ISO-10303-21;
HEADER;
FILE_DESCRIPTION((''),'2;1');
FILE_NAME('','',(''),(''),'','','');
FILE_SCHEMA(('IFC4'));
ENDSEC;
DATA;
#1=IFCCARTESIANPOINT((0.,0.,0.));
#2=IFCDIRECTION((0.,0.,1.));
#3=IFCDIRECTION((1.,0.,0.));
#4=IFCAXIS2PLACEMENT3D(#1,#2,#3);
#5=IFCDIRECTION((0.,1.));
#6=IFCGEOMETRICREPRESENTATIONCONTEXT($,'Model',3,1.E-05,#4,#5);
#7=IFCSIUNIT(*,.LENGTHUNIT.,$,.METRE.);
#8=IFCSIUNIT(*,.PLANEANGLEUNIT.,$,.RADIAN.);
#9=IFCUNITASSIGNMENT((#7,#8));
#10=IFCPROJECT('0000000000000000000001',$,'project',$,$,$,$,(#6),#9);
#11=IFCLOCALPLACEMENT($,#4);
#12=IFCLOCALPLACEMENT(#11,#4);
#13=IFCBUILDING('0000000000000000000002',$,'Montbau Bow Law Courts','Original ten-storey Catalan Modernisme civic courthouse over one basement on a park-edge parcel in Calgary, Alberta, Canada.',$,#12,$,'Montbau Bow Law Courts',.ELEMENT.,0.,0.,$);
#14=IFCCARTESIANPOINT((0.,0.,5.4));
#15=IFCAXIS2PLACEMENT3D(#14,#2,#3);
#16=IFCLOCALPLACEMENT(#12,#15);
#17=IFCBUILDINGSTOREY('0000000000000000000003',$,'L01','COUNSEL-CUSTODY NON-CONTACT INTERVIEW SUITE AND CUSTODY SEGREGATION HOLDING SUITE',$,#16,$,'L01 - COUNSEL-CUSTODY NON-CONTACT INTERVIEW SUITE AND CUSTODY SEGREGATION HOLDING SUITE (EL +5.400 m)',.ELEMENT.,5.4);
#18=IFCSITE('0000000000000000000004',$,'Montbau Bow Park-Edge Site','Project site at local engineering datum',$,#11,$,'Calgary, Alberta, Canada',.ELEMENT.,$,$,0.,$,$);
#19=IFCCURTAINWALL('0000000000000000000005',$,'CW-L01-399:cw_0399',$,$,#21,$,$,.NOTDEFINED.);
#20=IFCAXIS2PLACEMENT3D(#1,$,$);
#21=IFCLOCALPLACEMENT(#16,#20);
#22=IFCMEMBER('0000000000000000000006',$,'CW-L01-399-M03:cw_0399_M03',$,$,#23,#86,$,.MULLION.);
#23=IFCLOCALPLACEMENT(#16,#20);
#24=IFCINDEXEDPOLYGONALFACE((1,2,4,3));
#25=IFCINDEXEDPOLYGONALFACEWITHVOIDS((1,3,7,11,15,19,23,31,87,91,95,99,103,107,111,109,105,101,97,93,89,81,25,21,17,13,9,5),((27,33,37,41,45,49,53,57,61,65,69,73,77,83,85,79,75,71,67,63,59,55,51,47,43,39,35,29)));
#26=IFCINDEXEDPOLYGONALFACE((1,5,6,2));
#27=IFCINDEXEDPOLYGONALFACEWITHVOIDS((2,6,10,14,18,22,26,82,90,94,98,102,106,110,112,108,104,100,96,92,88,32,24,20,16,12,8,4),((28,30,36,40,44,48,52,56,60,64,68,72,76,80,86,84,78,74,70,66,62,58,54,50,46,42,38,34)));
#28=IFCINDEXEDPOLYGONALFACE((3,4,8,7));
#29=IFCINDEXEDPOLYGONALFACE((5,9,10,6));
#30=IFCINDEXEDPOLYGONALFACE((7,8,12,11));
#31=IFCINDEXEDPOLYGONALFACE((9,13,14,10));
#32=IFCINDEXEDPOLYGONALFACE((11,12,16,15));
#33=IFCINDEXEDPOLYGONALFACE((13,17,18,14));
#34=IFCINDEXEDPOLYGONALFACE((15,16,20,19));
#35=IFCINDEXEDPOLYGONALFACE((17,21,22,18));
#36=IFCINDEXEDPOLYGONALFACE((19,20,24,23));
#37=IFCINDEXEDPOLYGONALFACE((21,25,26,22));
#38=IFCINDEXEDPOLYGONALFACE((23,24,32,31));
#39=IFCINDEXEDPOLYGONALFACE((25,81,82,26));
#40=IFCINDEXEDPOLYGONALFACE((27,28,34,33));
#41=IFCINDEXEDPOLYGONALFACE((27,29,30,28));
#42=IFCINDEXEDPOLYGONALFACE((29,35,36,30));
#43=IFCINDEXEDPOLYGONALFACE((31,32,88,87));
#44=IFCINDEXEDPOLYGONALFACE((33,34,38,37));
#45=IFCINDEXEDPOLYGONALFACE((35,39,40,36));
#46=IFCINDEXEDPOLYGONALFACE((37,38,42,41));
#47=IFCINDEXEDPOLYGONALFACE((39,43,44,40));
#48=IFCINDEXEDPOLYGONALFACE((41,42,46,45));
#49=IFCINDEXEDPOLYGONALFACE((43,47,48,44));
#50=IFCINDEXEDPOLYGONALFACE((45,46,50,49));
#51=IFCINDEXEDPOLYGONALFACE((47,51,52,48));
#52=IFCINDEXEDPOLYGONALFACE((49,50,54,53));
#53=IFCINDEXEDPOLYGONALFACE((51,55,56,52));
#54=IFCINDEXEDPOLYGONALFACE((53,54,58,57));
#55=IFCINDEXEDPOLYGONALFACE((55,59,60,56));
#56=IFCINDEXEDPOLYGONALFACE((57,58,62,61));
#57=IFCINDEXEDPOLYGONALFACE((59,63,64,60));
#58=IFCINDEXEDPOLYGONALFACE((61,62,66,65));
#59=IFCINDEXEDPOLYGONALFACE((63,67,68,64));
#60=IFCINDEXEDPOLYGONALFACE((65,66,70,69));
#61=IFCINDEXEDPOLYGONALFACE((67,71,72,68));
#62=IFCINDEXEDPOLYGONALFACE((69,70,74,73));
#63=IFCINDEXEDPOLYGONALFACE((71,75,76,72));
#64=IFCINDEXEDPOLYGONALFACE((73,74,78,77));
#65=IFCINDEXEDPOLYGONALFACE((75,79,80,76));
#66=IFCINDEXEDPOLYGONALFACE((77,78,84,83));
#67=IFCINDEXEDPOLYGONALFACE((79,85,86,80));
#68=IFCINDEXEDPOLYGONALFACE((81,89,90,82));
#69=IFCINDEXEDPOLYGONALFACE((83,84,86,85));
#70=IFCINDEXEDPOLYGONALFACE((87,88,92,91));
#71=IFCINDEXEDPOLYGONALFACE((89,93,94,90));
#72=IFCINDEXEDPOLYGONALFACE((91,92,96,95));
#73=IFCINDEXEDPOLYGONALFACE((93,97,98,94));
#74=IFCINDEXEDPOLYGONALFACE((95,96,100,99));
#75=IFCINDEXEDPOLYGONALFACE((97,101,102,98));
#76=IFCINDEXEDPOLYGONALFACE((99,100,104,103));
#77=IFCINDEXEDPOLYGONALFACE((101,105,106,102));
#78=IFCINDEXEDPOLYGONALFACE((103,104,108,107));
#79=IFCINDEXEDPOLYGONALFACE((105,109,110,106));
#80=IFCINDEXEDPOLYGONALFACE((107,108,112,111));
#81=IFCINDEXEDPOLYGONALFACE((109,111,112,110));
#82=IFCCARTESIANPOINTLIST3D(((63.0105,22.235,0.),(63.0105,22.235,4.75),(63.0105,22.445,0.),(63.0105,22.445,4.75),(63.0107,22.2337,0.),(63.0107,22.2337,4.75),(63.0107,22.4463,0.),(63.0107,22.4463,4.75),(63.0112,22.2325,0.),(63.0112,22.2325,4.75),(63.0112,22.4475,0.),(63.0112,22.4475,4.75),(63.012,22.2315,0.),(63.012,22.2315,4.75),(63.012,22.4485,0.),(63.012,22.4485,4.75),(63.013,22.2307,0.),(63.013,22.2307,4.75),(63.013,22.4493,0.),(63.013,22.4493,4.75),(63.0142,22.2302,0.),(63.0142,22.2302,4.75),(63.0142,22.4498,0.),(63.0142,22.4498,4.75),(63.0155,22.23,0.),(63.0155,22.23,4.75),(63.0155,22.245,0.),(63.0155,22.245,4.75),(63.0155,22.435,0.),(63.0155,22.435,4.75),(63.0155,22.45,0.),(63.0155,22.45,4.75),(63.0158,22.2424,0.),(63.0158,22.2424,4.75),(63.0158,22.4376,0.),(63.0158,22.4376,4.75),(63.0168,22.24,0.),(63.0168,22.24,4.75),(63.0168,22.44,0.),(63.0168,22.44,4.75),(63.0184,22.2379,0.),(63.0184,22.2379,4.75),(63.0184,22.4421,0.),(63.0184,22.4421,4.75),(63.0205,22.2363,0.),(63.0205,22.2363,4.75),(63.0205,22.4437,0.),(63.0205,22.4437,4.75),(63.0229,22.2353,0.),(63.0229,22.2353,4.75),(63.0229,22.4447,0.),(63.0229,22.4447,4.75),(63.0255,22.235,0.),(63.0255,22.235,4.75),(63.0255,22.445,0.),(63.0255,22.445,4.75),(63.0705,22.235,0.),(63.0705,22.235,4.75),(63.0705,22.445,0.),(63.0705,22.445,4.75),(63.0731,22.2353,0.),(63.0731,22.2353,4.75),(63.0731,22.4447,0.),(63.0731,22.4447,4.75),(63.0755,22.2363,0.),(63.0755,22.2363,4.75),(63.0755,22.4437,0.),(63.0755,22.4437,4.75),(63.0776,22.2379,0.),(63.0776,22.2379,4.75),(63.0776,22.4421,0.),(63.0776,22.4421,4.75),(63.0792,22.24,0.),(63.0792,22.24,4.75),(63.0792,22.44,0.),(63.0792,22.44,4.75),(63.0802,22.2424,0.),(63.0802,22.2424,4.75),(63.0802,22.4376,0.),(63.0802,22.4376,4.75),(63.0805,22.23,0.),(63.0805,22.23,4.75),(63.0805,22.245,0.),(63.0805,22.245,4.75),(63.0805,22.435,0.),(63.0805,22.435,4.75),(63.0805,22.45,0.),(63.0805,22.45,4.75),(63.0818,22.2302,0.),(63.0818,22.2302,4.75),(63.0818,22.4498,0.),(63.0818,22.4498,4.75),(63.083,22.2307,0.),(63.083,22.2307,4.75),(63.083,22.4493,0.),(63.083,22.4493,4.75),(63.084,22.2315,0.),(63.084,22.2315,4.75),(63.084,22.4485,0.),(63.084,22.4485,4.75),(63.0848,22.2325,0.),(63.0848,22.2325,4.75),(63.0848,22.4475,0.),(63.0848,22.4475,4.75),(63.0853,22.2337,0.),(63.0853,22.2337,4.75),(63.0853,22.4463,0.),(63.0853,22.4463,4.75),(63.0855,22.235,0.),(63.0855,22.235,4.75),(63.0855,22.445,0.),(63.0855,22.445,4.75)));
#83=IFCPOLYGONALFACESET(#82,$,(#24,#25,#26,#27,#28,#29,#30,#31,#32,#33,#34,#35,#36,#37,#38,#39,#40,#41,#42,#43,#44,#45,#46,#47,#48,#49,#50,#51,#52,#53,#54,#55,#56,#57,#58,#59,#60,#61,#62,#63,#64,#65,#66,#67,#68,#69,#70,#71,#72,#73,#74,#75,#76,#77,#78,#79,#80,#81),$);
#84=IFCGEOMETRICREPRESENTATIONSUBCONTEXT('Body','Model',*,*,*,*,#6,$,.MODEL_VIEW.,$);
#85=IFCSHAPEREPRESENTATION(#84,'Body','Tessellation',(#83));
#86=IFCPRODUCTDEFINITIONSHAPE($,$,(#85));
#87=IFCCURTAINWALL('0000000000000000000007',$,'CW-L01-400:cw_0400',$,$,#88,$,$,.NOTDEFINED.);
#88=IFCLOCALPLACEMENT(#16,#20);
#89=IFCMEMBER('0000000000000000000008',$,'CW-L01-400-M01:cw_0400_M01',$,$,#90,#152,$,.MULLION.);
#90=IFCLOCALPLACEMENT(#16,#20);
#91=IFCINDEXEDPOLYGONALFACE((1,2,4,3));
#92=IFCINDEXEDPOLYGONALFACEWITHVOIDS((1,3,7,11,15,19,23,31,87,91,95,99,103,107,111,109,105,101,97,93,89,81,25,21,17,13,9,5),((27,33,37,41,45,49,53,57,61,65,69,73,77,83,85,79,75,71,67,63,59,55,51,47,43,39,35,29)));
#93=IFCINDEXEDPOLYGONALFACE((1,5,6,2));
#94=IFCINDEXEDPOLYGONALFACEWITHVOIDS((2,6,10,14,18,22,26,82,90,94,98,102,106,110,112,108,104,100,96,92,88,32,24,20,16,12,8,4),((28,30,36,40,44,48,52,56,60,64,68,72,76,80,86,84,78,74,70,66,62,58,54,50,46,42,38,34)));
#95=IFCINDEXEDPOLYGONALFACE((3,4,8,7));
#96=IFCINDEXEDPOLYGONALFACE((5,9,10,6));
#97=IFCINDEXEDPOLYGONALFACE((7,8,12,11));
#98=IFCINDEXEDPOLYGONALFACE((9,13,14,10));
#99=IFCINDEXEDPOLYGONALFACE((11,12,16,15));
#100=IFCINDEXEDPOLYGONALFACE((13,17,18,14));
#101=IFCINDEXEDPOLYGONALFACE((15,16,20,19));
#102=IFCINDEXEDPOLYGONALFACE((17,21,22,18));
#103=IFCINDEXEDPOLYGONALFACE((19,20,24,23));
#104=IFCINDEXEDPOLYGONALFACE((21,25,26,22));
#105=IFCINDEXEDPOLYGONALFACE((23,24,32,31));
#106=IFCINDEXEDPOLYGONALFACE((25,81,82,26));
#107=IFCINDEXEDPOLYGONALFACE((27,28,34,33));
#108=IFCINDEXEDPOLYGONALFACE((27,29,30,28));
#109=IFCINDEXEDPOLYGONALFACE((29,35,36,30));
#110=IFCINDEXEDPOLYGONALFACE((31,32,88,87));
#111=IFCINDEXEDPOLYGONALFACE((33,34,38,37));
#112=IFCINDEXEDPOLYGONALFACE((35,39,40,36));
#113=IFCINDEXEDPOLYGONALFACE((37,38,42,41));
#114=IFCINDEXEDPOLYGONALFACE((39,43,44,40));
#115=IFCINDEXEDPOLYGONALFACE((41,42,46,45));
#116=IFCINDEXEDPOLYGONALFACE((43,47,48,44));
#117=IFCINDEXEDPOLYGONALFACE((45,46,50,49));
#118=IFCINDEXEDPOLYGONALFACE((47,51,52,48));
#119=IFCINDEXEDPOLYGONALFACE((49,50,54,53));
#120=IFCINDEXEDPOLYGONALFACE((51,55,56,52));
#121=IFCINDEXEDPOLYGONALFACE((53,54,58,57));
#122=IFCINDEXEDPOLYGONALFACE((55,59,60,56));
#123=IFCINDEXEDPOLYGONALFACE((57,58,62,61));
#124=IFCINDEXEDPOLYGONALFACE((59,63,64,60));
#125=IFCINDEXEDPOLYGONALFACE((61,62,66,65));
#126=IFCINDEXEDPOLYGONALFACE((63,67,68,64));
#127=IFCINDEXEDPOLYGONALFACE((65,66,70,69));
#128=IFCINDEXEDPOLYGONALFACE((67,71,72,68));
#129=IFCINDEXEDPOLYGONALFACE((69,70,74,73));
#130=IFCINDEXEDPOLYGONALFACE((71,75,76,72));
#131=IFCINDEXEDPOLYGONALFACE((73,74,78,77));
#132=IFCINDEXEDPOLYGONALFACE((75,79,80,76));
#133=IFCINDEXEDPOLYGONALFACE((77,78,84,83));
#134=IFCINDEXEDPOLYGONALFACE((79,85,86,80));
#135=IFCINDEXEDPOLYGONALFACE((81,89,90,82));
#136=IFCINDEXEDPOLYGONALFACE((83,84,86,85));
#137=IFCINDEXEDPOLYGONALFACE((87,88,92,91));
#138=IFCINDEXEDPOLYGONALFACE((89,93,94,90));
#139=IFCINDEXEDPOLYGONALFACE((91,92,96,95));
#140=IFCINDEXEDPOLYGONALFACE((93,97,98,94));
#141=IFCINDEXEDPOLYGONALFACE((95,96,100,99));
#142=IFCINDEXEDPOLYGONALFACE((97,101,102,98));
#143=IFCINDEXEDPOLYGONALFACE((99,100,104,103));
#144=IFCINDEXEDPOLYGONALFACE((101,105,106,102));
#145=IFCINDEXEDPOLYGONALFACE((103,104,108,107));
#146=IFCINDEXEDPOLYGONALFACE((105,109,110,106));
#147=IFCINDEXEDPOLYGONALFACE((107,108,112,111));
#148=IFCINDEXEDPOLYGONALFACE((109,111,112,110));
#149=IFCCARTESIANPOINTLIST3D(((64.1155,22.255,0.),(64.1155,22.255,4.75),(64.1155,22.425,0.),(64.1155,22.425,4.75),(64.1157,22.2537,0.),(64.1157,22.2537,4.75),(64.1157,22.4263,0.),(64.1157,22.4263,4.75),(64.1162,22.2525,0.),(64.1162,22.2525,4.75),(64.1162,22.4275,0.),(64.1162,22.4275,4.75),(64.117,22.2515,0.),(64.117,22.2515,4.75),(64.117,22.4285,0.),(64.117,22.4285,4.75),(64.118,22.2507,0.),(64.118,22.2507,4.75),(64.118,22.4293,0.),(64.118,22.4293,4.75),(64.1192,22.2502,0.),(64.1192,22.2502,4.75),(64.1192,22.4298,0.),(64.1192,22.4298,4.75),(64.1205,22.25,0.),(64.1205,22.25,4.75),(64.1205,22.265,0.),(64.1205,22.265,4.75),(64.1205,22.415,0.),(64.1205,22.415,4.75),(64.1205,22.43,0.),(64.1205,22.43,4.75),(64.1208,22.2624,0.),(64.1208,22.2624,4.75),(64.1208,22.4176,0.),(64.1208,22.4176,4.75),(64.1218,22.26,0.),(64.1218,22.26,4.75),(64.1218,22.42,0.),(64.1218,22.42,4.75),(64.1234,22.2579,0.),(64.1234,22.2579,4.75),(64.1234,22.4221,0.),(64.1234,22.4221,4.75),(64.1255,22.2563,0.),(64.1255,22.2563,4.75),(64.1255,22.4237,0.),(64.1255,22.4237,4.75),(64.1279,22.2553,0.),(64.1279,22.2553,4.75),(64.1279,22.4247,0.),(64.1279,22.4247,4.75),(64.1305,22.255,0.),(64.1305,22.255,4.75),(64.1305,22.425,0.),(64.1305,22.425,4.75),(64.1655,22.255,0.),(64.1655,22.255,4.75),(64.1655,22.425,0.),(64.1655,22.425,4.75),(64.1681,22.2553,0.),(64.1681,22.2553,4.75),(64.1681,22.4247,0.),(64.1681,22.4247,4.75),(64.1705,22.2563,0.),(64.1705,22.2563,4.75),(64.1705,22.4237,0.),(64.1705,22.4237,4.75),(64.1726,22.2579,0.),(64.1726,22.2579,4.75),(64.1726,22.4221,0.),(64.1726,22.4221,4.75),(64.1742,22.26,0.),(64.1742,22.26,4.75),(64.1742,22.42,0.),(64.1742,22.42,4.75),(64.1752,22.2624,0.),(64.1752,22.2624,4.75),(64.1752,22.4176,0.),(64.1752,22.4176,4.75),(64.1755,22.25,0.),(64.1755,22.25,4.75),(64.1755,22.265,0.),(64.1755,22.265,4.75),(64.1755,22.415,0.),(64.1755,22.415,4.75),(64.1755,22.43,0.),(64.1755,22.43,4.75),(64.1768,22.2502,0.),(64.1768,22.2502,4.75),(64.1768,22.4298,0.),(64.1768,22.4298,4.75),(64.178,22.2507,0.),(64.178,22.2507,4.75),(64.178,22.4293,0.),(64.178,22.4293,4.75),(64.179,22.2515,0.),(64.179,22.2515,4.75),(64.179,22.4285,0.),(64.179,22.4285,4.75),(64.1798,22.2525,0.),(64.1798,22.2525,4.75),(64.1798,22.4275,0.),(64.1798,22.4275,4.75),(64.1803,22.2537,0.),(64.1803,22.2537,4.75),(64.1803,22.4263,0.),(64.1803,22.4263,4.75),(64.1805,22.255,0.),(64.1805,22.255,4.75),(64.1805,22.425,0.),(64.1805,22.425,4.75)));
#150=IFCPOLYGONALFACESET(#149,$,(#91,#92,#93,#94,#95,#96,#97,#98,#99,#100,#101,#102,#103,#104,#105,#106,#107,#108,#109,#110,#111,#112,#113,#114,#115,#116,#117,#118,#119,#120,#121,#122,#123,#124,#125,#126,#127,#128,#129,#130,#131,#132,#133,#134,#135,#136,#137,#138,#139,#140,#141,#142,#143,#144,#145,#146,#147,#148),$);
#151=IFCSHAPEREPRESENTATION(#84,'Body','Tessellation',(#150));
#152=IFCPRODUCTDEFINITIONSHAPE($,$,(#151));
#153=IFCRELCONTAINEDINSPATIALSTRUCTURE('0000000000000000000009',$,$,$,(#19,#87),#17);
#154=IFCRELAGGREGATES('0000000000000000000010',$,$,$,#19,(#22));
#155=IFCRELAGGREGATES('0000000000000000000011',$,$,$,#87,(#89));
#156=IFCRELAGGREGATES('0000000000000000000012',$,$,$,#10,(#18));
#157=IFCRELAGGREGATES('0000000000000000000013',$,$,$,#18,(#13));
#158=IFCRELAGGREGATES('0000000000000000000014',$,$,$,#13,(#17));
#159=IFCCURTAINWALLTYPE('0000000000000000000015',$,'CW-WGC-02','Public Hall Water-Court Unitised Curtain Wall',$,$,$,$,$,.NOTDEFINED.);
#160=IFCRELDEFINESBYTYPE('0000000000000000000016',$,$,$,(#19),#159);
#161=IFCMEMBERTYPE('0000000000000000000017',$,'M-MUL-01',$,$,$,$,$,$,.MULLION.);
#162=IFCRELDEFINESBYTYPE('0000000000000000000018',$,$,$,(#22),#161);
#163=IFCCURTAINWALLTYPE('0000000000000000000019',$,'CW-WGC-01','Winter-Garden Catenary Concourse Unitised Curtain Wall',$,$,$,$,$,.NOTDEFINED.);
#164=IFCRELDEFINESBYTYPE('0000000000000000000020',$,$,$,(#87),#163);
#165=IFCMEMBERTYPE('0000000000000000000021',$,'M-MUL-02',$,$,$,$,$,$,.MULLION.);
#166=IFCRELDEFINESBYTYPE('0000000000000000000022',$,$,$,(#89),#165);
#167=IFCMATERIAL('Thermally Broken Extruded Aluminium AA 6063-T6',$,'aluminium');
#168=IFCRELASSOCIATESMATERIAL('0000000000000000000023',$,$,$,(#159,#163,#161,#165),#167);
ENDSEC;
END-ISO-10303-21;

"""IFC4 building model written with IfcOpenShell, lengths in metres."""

from ifc_helpers import new_model, si_unit, direction, frame, origin_with_axes, origin_2d_with_axis, place, context, subcontext, project, spatial, hollow_rectangle, extrude, material, material_profile, profile_set, type_object, element, aggregate, save


model = new_model("IFC4")

# Units and contexts
model_context = context("Model", 3, precision=1e-05, world=origin_with_axes(), true_north=direction((0.0, 1.0)))
body_context = subcontext(model_context, "Body", "Model", "MODEL_VIEW")
ifc_project = project(units=[si_unit("LENGTHUNIT", "METRE"), si_unit("PLANEANGLEUNIT", "RADIAN")], contexts=[model_context])

# Site, building, storey
site_placement = place(None, origin_with_axes())
site = spatial("IfcSite", under=ifc_project, at=site_placement, Name="Montbau Bow Park-Edge Site", Description="Project site at local engineering datum", LongName="Calgary, Alberta, Canada", CompositionType="ELEMENT", RefElevation=0.0)
building_placement = place(site_placement, origin_with_axes())
building = spatial("IfcBuilding", under=site, at=building_placement, Name="Montbau Bow Law Courts", Description="Original ten-storey Catalan Modernisme civic courthouse over one basement on a park-edge parcel in Calgary, Alberta, Canada.", LongName="Montbau Bow Law Courts", CompositionType="ELEMENT", ElevationOfRefHeight=0.0, ElevationOfTerrain=0.0)
storey_placement = place(building_placement, frame((0.0, 0.0, 5.4), z_axis=(0.0, 0.0, 1.0), x_axis=(1.0, 0.0, 0.0)))
storey = spatial("IfcBuildingStorey", under=building, at=storey_placement, Name="L01", Description="COUNSEL-CUSTODY NON-CONTACT INTERVIEW SUITE AND CUSTODY SEGREGATION HOLDING SUITE", LongName="L01 - COUNSEL-CUSTODY NON-CONTACT INTERVIEW SUITE AND CUSTODY SEGREGATION HOLDING SUITE (EL +5.400 m)", CompositionType="ELEMENT", Elevation=5.4)

# Curtain walls, members
ifc_material_1 = material(Name="Thermally Broken Extruded Aluminium AA 6063-T6", Category="aluminium")
curtain_wall_type_1 = type_object("IfcCurtainWallType", Name="CW-WGC-02", Description="Public Hall Water-Court Unitised Curtain Wall", PredefinedType="NOTDEFINED", material=ifc_material_1)
curtain_wall_1_placement = place(None, frame((59.79, 22.34, 5.4), z_axis=(0.0, 0.0, 1.0), x_axis=(1.0, 0.0, 0.0)))
curtain_wall_1 = element("IfcCurtainWall", 1, at=curtain_wall_1_placement, inside=storey, type_object=curtain_wall_type_1, Name="CW-L01-399:cw_0399", PredefinedType="NOTDEFINED")
ifc_material_profile_1 = material_profile(ifc_material_1, hollow_rectangle(XDim=0.075, YDim=0.22, WallThickness=0.005, InnerFilletRadius=0.01, OuterFilletRadius=0.005, at=origin_2d_with_axis()), Name="CWM-220X75", Category="Main", Priority=0)
ifc_profile_set_1 = profile_set([ifc_material_profile_1], Name="Thermally Broken Extruded Aluminium AA 6063-T6")
member_type_1 = type_object("IfcMemberType", Name="M-MUL-01", PredefinedType="MULLION", material=ifc_profile_set_1)
member_1_placement = place(None, frame((63.048, 22.34, 5.4), z_axis=(0.0, 0.0, 1.0), x_axis=(1.0, 0.0, 0.0)))
member_1 = element("IfcMember", 2, at=member_1_placement, type_object=member_type_1, Name="CW-L01-399-M03:cw_0399_M03", PredefinedType="MULLION", context=body_context, shape_type="SweptSolid", body=[
    extrude(hollow_rectangle(XDim=0.075, YDim=0.22, WallThickness=0.005, InnerFilletRadius=0.01, OuterFilletRadius=0.005, at=origin_2d_with_axis()), origin_with_axes(), (0.0, 0.0, 1.0), 4.75),
])
curtain_wall_type_2 = type_object("IfcCurtainWallType", Name="CW-WGC-01", Description="Winter-Garden Catenary Concourse Unitised Curtain Wall", PredefinedType="NOTDEFINED", material=ifc_material_1)
curtain_wall_2_placement = place(None, frame((64.115, 22.34, 5.4), z_axis=(0.0, 0.0, 1.0), x_axis=(1.0, 0.0, 0.0)))
curtain_wall_2 = element("IfcCurtainWall", 3, at=curtain_wall_2_placement, inside=storey, type_object=curtain_wall_type_2, Name="CW-L01-400:cw_0400", PredefinedType="NOTDEFINED")
ifc_material_profile_2 = material_profile(ifc_material_1, hollow_rectangle(XDim=0.065, YDim=0.18, WallThickness=0.005, InnerFilletRadius=0.01, OuterFilletRadius=0.005, at=origin_2d_with_axis()), Name="CWM-180X65", Category="Main", Priority=0)
ifc_profile_set_2 = profile_set([ifc_material_profile_2], Name="Thermally Broken Extruded Aluminium AA 6063-T6")
member_type_2 = type_object("IfcMemberType", Name="M-MUL-02", PredefinedType="MULLION", material=ifc_profile_set_2)
member_2_placement = place(None, frame((64.148, 22.34, 5.4), z_axis=(0.0, 0.0, 1.0), x_axis=(1.0, 0.0, 0.0)))
member_2 = element("IfcMember", 4, at=member_2_placement, type_object=member_type_2, Name="CW-L01-400-M01:cw_0400_M01", PredefinedType="MULLION", context=body_context, shape_type="SweptSolid", body=[
    extrude(hollow_rectangle(XDim=0.065, YDim=0.18, WallThickness=0.005, InnerFilletRadius=0.01, OuterFilletRadius=0.005, at=origin_2d_with_axis()), origin_with_axes(), (0.0, 0.0, 1.0), 4.75),
])

aggregate(curtain_wall_1, [member_1])
aggregate(curtain_wall_2, [member_2])

save(model, "model.ifc")
